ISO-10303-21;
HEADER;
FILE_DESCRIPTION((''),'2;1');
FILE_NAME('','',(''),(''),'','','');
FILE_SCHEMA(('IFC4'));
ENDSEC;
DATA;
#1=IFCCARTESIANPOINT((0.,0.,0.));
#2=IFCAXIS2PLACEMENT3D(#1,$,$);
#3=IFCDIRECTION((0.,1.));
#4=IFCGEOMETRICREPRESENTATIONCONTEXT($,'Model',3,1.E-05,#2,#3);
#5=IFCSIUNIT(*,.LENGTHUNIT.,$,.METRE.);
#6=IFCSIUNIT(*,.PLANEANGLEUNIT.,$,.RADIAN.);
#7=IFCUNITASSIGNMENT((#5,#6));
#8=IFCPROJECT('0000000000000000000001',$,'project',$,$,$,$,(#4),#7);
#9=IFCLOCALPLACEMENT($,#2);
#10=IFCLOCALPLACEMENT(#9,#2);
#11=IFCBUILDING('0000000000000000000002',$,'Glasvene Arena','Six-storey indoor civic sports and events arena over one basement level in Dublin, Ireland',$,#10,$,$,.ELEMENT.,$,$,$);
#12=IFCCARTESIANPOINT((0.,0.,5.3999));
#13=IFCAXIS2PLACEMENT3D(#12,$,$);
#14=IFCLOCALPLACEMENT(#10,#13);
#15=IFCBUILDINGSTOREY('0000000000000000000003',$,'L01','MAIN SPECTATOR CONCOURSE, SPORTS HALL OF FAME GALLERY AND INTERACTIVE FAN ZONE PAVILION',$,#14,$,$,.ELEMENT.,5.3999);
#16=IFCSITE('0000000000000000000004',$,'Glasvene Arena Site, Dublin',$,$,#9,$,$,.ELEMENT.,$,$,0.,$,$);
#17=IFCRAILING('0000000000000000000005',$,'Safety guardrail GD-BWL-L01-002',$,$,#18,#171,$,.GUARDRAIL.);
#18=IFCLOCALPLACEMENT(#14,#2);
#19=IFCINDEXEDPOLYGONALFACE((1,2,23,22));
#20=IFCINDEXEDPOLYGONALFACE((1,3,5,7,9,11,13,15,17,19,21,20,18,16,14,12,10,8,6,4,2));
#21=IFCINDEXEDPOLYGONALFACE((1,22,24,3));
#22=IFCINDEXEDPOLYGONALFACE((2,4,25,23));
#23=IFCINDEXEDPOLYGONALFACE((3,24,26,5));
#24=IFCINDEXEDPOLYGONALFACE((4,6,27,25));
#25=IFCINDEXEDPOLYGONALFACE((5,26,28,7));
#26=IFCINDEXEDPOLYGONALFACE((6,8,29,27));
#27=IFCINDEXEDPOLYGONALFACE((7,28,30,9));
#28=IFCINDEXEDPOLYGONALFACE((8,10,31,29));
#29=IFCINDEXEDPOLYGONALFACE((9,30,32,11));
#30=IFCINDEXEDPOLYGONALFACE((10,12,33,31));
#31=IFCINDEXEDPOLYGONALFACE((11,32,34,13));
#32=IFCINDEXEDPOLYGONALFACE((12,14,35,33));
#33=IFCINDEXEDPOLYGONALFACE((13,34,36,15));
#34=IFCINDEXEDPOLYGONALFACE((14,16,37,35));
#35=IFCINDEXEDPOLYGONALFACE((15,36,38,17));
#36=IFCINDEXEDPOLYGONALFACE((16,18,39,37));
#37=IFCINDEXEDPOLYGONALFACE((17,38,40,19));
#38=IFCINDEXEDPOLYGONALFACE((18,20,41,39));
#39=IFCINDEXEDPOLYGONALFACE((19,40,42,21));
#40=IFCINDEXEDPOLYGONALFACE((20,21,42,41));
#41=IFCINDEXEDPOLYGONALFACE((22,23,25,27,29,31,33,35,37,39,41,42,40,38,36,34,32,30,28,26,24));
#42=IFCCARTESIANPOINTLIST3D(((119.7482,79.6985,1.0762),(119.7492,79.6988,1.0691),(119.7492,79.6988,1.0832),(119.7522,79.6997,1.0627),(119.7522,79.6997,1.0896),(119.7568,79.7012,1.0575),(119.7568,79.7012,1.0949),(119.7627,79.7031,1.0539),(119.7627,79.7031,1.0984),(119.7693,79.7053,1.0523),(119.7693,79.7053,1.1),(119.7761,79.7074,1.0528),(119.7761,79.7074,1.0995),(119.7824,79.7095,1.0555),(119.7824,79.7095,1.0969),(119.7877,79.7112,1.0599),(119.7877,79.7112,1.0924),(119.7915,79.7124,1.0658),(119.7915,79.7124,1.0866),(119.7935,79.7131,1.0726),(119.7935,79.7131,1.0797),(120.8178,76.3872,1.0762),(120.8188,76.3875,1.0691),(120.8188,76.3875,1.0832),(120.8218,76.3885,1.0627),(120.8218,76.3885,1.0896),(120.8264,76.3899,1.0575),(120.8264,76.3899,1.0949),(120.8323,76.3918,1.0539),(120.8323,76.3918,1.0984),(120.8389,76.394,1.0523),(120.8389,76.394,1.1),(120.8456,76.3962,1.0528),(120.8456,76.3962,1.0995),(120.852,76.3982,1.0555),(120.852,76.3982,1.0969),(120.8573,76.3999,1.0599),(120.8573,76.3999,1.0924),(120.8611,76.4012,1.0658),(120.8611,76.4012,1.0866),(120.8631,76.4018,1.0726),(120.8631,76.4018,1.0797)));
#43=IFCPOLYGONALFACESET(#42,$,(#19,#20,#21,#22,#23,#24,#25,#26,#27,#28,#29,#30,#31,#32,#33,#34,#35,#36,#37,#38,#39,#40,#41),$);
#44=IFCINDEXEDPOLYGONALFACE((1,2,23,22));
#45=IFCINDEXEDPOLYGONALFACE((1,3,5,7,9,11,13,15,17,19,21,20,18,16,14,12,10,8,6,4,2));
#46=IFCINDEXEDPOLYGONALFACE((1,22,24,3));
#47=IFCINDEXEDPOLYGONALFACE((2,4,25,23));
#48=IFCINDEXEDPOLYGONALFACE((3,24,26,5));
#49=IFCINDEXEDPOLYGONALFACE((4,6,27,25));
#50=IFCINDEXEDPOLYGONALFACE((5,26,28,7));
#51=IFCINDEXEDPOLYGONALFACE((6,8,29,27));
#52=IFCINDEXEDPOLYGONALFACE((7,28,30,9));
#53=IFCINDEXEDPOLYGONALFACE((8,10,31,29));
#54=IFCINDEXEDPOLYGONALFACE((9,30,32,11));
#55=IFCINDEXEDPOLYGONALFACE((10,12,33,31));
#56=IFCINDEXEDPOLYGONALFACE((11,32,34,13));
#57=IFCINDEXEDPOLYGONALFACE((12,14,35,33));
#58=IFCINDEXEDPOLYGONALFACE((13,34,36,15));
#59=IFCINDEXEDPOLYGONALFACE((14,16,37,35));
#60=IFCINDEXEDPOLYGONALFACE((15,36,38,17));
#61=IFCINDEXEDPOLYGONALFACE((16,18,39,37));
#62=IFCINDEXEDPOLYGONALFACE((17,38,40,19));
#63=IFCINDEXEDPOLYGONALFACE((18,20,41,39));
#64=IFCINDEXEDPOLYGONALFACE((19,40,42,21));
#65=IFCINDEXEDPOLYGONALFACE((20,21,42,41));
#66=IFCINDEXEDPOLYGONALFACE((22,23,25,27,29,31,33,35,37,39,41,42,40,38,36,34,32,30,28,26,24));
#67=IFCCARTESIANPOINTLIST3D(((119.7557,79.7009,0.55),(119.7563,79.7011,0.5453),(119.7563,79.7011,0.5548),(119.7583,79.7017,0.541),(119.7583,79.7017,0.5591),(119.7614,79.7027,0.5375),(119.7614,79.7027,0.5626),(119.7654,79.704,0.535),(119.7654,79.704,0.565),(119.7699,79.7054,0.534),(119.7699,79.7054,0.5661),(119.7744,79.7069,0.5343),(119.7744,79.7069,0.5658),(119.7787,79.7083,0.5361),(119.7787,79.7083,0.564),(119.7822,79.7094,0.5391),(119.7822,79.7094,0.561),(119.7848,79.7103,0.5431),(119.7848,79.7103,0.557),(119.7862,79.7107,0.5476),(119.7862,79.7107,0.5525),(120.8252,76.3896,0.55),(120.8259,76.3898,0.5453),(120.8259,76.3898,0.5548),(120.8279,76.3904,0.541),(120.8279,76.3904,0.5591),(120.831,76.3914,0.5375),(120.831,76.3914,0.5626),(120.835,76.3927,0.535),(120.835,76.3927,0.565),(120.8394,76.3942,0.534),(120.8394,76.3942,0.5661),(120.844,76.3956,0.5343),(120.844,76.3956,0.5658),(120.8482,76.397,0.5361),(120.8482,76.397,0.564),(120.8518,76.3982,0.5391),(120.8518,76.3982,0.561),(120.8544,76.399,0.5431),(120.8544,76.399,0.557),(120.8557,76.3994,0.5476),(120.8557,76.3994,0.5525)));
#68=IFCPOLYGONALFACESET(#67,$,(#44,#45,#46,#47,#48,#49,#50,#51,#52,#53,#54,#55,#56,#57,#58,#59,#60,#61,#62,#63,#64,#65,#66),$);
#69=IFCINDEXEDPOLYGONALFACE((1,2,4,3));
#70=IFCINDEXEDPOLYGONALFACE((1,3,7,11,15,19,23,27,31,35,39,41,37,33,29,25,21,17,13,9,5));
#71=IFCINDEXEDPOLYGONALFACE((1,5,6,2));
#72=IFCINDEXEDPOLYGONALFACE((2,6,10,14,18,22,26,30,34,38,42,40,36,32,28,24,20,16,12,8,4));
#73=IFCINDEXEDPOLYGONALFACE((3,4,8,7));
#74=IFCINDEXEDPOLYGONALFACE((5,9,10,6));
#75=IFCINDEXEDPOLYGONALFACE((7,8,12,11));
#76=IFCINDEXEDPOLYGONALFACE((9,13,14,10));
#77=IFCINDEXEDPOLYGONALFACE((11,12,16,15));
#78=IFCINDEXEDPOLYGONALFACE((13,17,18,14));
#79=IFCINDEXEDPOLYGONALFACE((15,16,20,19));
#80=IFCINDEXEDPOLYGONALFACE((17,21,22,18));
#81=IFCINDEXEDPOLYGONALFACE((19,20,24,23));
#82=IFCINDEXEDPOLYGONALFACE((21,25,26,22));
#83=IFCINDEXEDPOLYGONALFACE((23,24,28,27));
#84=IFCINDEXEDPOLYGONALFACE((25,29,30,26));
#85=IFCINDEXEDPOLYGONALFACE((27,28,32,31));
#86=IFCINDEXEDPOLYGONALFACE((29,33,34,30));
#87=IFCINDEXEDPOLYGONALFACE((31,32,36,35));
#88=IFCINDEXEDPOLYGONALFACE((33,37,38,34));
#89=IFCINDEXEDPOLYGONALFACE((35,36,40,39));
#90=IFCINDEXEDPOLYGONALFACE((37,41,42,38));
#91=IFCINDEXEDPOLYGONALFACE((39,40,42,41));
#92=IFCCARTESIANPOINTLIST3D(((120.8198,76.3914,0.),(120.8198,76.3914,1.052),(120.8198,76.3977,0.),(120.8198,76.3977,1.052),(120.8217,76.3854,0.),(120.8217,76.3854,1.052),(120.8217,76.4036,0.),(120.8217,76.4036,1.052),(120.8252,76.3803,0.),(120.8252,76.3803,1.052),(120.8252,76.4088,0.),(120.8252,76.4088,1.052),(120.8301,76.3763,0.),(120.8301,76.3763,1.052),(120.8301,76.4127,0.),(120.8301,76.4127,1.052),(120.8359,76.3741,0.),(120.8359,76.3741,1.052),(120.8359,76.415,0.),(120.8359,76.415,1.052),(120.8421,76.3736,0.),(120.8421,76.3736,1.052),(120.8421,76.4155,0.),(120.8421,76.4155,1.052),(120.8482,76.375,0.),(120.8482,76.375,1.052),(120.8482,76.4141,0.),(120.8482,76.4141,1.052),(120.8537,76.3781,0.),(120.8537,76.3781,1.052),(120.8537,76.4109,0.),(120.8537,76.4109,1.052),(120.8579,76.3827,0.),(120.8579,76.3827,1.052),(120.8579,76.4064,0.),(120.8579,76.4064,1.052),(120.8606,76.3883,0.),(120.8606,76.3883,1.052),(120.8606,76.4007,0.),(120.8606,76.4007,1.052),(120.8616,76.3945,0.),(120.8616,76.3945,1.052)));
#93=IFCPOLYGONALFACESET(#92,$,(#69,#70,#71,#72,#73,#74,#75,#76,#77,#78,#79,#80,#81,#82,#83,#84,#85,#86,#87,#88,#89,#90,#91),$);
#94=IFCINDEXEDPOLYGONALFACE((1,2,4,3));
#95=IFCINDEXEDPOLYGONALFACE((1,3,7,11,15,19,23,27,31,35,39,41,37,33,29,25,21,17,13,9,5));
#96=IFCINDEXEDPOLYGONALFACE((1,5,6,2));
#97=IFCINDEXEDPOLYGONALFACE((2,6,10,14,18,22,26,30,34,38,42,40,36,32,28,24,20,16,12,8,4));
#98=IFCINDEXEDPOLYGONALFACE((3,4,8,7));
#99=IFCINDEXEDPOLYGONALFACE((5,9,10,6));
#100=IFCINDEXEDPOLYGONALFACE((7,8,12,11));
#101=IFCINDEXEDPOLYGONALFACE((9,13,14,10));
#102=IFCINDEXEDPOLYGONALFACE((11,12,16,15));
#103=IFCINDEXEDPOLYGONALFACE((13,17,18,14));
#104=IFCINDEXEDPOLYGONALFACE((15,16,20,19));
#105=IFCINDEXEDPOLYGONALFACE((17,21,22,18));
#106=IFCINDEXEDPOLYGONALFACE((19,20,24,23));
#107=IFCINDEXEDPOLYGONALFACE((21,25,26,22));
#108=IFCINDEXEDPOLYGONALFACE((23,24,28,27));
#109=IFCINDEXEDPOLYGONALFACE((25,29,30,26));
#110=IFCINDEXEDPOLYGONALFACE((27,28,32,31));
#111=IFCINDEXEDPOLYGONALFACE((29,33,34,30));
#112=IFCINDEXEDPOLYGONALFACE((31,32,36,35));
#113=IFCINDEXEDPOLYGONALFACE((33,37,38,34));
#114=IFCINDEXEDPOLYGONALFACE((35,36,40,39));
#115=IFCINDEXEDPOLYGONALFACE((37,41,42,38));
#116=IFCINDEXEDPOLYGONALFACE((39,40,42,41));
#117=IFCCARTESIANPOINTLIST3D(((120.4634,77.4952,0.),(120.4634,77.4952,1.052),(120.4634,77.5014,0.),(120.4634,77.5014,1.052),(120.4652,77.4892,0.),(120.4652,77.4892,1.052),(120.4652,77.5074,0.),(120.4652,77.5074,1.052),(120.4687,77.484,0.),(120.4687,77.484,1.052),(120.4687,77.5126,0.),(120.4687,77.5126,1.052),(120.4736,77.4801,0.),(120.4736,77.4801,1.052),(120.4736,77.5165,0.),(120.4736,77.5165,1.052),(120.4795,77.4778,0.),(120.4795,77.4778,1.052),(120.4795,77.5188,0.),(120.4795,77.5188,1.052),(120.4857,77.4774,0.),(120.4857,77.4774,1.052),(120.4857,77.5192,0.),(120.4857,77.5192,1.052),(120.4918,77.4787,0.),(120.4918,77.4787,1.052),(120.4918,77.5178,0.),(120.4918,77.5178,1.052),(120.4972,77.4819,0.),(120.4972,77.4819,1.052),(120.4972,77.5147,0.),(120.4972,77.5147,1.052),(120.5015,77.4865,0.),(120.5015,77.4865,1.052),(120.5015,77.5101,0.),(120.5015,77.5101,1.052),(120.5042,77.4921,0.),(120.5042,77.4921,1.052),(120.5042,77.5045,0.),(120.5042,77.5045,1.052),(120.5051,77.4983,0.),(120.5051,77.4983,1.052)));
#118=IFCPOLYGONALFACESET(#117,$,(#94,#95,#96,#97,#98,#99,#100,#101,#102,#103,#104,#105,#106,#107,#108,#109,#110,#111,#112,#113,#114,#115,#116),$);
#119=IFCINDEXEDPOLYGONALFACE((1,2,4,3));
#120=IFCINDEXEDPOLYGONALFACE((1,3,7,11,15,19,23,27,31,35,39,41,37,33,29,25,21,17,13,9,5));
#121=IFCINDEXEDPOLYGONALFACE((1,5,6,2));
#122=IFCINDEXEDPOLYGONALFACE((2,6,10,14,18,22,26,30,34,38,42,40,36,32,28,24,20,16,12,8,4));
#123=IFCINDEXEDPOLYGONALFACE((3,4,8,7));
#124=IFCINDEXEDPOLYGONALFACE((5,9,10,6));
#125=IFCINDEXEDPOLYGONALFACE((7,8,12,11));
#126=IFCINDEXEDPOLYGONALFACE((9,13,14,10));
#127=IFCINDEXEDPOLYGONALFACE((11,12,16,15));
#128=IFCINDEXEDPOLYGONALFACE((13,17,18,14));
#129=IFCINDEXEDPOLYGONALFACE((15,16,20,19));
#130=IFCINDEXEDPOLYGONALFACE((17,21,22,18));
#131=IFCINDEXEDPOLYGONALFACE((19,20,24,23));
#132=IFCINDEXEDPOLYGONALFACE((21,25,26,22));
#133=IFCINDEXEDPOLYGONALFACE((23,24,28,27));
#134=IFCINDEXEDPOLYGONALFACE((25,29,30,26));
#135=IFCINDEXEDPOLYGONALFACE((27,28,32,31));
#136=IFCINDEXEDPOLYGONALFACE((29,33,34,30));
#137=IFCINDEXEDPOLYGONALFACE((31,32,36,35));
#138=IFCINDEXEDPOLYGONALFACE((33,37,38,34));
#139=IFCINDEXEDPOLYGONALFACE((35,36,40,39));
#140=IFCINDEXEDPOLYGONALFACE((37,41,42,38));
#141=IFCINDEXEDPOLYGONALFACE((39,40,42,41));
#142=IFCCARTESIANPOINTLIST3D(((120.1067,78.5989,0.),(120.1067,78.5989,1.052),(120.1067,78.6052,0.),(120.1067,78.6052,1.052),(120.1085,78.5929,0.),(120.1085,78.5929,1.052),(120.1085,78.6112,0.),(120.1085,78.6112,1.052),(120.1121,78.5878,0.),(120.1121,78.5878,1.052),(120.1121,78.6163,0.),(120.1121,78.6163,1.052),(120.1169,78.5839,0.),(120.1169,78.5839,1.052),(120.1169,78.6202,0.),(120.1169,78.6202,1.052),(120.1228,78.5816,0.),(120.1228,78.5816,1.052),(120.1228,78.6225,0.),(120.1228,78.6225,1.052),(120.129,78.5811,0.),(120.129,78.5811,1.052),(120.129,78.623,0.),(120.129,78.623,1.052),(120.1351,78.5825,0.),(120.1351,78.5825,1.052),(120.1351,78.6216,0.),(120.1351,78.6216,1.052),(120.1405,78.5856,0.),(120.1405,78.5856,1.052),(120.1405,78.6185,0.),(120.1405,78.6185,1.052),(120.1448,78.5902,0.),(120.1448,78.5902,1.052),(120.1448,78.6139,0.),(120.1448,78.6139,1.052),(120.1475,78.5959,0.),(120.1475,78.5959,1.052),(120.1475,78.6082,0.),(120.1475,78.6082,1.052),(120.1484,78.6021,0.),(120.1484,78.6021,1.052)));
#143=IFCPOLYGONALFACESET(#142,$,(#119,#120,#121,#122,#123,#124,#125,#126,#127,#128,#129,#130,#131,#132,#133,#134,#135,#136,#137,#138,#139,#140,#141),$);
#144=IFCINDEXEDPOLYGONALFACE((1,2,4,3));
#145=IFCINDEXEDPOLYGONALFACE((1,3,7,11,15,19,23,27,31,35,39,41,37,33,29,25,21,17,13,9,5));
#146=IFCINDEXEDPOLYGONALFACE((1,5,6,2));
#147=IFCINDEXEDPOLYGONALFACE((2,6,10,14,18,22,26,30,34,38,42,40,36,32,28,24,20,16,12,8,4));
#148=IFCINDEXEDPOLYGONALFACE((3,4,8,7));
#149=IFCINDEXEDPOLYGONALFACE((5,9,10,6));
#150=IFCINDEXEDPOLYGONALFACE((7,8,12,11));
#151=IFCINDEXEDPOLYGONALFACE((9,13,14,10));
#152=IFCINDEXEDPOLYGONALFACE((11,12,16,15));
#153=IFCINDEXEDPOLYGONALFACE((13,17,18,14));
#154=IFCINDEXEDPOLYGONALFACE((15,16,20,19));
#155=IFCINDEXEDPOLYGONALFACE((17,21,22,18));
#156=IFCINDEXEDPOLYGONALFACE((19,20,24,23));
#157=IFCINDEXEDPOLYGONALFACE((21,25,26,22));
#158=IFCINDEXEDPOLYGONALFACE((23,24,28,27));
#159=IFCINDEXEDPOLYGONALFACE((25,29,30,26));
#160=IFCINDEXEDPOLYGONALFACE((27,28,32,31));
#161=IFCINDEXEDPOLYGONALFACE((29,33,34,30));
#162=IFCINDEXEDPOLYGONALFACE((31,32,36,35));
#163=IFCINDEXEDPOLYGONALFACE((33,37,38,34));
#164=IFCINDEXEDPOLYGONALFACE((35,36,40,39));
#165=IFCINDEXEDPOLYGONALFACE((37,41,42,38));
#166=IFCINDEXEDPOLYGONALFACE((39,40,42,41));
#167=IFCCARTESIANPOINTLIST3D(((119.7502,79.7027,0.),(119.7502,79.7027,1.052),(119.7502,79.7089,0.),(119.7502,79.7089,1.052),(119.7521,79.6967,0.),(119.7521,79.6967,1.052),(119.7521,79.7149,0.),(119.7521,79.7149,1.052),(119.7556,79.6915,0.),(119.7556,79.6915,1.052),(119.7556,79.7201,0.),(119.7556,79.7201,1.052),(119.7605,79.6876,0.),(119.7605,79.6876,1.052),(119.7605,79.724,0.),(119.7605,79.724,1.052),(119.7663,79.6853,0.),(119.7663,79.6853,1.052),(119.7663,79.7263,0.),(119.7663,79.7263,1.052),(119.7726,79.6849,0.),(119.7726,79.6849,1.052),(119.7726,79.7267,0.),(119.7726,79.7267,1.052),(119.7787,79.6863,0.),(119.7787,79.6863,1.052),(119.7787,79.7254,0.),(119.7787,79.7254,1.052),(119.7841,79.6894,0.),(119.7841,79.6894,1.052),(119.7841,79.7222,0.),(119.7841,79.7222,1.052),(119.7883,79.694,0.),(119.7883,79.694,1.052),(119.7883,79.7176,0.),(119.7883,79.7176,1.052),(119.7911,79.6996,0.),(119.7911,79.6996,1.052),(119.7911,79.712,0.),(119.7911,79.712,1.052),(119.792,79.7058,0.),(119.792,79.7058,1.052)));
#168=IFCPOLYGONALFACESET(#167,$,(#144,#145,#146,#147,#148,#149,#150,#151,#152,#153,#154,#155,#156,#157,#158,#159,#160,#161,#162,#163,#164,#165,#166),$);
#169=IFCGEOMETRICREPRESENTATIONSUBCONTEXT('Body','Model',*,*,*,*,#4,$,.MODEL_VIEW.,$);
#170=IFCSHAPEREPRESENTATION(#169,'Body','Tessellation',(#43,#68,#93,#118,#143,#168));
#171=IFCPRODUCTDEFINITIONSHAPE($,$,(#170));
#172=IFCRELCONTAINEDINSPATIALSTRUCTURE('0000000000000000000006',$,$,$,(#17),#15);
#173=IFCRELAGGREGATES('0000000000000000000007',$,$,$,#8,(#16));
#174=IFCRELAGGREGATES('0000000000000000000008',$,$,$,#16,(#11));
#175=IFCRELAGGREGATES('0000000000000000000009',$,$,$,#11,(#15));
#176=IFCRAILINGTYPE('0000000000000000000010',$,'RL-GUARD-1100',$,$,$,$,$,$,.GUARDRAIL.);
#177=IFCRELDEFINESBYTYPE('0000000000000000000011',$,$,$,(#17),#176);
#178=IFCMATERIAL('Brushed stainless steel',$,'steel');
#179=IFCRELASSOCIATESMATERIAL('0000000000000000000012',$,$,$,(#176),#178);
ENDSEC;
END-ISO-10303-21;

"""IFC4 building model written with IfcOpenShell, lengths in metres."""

from ifc_helpers import new_model, si_unit, direction, frame, origin, origin_2d, place, context, subcontext, project, spatial, circle, extrude, material, type_object, element, save


model = new_model("IFC4")

# Units and contexts
model_context = context("Model", 3, precision=1e-05, world=origin(), true_north=direction((0.0, 1.0)))
body_context = subcontext(model_context, "Body", "Model", "MODEL_VIEW")
ifc_project = project(units=[si_unit("LENGTHUNIT", "METRE"), si_unit("PLANEANGLEUNIT", "RADIAN")], contexts=[model_context])

# Site, building, storey
site_placement = place(None, origin())
site = spatial("IfcSite", under=ifc_project, at=site_placement, Name="Glasvene Arena Site, Dublin", CompositionType="ELEMENT", RefElevation=0.0)
building_placement = place(site_placement, origin())
building = spatial("IfcBuilding", under=site, at=building_placement, Name="Glasvene Arena", Description="Six-storey indoor civic sports and events arena over one basement level in Dublin, Ireland", CompositionType="ELEMENT")
storey_placement = place(building_placement, frame((0.0, 0.0, 5.3999)))
storey = spatial("IfcBuildingStorey", under=building, at=storey_placement, Name="L01", Description="MAIN SPECTATOR CONCOURSE, SPORTS HALL OF FAME GALLERY AND INTERACTIVE FAN ZONE PAVILION", CompositionType="ELEMENT", Elevation=5.3999)

# Shared definitions
ifc_material_1 = material(Name="Brushed stainless steel", Category="steel")

# Railing
railing_type = type_object("IfcRailingType", Name="RL-GUARD-1100", PredefinedType="GUARDRAIL", material=ifc_material_1)
railing_1_placement = place(storey_placement, frame((120.8406, 76.3945, 0.0)))
element("IfcRailing", 1, at=railing_1_placement, inside=storey, type_object=railing_type, Name="Safety guardrail GD-BWL-L01-002", PredefinedType="GUARDRAIL", context=body_context, shape_type="SweptSolid", body=[
    extrude(circle(Radius=0.0239, at=origin_2d()), frame((0.0, 0.0, 1.0762), z_axis=(-0.307374, 0.951589, 0.0), x_axis=(-0.951589, -0.307374, 0.0)), (0.0, 0.0, 1.0), 3.4797),
    extrude(circle(Radius=0.0161, at=origin_2d()), frame((0.0, 0.0, 0.55), z_axis=(-0.307374, 0.951589, 0.0), x_axis=(-0.951589, -0.307374, 0.0)), (0.0, 0.0, 1.0), 3.4797),
    extrude(circle(Radius=0.021, at=origin_2d()), origin(), (0.0, 0.0, 1.0), 1.052),
    extrude(circle(Radius=0.021, at=origin_2d()), frame((-0.3564, 1.1038, 0.0)), (0.0, 0.0, 1.0), 1.052),
    extrude(circle(Radius=0.021, at=origin_2d()), frame((-0.7131, 2.2075, 0.0)), (0.0, 0.0, 1.0), 1.052),
    extrude(circle(Radius=0.021, at=origin_2d()), frame((-1.0696, 3.3113, 0.0)), (0.0, 0.0, 1.0), 1.052),
])

save(model, "model.ifc")
